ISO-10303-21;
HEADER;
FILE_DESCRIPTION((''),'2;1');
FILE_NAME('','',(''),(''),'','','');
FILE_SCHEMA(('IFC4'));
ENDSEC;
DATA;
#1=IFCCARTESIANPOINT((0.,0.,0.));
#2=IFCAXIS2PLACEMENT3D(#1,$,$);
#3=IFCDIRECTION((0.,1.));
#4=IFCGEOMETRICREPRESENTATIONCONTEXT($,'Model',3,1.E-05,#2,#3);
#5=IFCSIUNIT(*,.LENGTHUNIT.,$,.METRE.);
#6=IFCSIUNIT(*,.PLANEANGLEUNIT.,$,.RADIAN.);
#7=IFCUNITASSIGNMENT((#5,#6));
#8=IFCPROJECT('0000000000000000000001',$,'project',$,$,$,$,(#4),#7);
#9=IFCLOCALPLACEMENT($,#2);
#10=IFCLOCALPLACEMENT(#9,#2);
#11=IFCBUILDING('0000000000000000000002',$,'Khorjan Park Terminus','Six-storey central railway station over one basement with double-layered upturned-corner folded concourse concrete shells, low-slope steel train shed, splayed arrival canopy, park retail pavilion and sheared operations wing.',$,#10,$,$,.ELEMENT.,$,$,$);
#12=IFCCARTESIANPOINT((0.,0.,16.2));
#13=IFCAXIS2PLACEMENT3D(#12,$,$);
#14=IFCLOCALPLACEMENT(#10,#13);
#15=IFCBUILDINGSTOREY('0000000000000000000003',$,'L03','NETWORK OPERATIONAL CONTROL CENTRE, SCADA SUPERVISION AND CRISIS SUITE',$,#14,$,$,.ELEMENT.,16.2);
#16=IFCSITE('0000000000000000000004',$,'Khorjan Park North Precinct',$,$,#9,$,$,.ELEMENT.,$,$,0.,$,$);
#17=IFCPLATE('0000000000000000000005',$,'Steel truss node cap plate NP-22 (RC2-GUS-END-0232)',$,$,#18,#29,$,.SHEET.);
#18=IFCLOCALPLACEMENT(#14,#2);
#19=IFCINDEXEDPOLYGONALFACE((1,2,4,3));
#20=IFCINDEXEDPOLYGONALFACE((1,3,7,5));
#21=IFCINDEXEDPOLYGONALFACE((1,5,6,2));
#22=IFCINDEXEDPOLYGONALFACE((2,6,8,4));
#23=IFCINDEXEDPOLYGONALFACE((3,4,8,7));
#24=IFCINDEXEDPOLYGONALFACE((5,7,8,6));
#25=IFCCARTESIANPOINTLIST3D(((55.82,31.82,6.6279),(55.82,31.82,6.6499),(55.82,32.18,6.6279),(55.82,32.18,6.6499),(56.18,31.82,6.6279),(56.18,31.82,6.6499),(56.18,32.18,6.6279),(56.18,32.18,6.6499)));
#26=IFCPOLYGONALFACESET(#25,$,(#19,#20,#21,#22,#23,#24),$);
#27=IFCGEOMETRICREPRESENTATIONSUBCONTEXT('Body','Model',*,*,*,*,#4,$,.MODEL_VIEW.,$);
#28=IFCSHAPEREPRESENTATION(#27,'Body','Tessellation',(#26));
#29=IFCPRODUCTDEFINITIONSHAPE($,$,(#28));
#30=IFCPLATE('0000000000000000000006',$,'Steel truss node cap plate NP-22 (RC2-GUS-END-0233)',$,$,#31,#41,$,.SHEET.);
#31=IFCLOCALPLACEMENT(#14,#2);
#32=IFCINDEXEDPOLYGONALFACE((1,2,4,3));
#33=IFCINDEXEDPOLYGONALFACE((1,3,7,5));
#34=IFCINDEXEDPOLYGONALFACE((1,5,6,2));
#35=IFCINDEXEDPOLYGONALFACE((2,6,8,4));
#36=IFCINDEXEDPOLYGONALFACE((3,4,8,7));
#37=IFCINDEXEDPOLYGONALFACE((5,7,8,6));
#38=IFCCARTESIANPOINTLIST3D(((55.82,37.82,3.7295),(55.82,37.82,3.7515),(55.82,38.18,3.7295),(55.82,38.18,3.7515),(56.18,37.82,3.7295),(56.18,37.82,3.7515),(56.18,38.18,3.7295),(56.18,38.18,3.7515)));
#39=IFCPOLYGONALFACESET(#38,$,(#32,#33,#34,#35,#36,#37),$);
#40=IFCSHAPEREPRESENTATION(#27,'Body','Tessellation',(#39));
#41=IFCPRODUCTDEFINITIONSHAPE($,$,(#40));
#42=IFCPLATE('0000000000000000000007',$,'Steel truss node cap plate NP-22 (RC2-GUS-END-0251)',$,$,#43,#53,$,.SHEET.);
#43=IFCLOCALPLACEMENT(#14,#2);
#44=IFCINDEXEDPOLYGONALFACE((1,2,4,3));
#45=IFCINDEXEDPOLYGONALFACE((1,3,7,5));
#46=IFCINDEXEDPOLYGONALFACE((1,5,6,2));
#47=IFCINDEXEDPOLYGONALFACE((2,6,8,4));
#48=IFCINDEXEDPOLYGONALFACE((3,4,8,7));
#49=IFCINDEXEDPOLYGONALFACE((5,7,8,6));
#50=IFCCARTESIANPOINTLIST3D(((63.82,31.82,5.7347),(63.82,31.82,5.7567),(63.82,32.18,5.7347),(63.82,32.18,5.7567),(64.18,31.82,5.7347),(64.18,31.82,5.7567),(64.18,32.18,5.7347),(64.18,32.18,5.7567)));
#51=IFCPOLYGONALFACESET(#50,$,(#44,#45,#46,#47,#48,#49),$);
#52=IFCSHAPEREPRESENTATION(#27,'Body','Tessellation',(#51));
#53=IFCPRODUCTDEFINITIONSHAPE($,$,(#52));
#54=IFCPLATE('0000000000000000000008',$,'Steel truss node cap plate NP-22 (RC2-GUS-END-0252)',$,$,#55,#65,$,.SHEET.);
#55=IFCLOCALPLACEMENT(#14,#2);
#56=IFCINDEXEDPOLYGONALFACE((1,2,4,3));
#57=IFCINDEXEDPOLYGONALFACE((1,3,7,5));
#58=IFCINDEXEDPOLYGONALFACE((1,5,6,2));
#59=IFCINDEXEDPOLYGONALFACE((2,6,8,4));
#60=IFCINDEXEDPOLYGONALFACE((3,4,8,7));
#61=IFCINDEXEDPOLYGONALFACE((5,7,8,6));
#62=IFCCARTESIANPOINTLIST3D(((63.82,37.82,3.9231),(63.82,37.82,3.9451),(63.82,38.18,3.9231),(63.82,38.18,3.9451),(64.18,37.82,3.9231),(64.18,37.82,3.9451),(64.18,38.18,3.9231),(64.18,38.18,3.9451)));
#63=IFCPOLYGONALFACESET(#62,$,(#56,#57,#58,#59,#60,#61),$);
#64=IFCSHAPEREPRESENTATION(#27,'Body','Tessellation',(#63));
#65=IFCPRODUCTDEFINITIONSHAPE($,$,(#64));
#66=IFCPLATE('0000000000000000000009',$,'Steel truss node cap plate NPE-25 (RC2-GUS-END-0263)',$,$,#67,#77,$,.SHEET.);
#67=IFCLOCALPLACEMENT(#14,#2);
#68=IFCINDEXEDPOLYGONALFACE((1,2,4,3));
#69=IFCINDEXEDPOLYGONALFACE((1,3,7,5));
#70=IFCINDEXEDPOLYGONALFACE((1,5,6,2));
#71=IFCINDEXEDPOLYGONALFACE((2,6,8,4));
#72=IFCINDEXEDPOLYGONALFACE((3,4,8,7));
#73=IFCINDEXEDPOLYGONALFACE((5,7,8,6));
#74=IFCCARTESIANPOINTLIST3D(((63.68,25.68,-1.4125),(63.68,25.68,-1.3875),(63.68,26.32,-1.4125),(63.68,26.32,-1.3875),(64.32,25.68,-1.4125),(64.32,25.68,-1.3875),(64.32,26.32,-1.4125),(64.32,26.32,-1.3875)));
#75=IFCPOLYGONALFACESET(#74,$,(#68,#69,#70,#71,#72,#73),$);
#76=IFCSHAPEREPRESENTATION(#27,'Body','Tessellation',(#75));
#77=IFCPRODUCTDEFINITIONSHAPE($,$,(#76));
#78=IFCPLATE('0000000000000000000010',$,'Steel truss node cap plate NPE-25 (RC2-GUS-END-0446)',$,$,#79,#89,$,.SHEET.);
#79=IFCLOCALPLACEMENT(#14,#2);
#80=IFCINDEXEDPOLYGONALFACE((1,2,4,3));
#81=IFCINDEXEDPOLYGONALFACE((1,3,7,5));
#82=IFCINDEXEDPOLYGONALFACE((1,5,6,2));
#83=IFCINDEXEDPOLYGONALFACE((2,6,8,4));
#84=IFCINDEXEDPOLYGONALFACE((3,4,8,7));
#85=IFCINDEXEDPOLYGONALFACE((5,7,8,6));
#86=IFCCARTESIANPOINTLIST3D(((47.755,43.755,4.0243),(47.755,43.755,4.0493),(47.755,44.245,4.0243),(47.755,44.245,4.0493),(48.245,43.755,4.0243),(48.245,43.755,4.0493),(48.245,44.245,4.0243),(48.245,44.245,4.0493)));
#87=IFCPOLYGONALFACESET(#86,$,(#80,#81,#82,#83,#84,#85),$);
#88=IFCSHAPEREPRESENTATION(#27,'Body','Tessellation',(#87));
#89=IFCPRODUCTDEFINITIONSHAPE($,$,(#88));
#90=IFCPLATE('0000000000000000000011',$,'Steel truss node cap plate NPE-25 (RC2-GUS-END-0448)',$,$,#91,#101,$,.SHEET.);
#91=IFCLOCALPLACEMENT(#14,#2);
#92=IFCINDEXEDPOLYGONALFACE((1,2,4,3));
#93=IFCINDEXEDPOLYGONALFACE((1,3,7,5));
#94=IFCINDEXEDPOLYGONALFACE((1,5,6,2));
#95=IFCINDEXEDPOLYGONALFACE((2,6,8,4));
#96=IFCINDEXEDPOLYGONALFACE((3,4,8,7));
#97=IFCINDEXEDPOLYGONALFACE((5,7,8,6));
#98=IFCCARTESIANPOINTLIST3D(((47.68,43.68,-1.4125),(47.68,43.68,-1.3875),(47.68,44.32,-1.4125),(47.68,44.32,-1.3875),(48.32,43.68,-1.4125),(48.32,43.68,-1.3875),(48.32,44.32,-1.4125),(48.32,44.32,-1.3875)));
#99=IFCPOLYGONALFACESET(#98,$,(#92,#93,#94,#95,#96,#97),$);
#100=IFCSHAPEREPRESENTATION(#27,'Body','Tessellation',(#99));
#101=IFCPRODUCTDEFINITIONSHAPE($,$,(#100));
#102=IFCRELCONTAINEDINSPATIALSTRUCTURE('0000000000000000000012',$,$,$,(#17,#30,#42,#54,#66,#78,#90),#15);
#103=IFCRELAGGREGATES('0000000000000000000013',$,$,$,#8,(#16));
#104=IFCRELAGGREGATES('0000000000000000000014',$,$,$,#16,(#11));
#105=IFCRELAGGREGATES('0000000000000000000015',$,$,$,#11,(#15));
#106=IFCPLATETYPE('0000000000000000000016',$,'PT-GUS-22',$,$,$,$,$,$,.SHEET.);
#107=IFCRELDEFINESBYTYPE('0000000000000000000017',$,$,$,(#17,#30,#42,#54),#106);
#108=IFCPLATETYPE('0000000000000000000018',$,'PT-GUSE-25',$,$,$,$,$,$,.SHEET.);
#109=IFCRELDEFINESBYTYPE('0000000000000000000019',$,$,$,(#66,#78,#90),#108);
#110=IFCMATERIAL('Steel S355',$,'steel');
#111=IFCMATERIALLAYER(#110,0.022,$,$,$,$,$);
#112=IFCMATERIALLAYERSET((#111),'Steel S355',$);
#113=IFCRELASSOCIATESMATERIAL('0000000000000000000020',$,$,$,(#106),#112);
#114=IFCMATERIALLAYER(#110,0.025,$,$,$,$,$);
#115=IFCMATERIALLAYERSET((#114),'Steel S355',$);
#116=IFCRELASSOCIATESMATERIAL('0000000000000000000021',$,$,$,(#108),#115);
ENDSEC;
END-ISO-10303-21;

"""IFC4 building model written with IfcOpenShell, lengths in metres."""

from ifc_helpers import new_model, si_unit, direction, frame, origin, origin_2d, place, context, subcontext, project, spatial, rectangle, extrude, material, layer, layer_set, type_object, element, save


model = new_model("IFC4")

# Units and contexts
model_context = context("Model", 3, precision=1e-05, world=origin(), true_north=direction((0.0, 1.0)))
body_context = subcontext(model_context, "Body", "Model", "MODEL_VIEW")
ifc_project = project(units=[si_unit("LENGTHUNIT", "METRE"), si_unit("PLANEANGLEUNIT", "RADIAN")], contexts=[model_context])

# Site, building, storey
site_placement = place(None, origin())
site = spatial("IfcSite", under=ifc_project, at=site_placement, Name="Khorjan Park North Precinct", CompositionType="ELEMENT", RefElevation=0.0)
building_placement = place(site_placement, origin())
building = spatial("IfcBuilding", under=site, at=building_placement, Name="Khorjan Park Terminus", Description="Six-storey central railway station over one basement with double-layered upturned-corner folded concourse concrete shells, low-slope steel train shed, splayed arrival canopy, park retail pavilion and sheared operations wing.", CompositionType="ELEMENT")
storey_placement = place(building_placement, frame((0.0, 0.0, 16.2)))
storey = spatial("IfcBuildingStorey", under=building, at=storey_placement, Name="L03", Description="NETWORK OPERATIONAL CONTROL CENTRE, SCADA SUPERVISION AND CRISIS SUITE", CompositionType="ELEMENT", Elevation=16.2)

# Shared definitions
ifc_material = material(Name="Steel S355", Category="steel")

# Plates
ifc_layer_1 = layer(ifc_material, 0.022)
ifc_layer_set_1 = layer_set([ifc_layer_1], Name="Steel S355")
plate_type_1 = type_object("IfcPlateType", Name="PT-GUS-22", PredefinedType="SHEET", material=ifc_layer_set_1)
for number, where, z_axis, x_axis, name in (
    (1, (56.0, 32.0, 6.6279), (0.0, 0.0, 1.0), (1.0, 0.0, 0.0), "Steel truss node cap plate NP-22 (RC2-GUS-END-0232)"),
    (2, (56.0, 38.0, 3.7295), (0.0, 0.0, 1.0), (1.0, 0.0, 0.0), "Steel truss node cap plate NP-22 (RC2-GUS-END-0233)"),
    (3, (64.0, 32.0, 5.7347), (0.0, 0.0, 1.0), (1.0, 0.0, 0.0), "Steel truss node cap plate NP-22 (RC2-GUS-END-0251)"),
    (4, (64.0, 38.0, 3.9231), (0.0, 0.0, 1.0), (1.0, 0.0, 0.0), "Steel truss node cap plate NP-22 (RC2-GUS-END-0252)"),
):
    element("IfcPlate", number, at=place(storey_placement, frame(where, z_axis=z_axis, x_axis=x_axis)), inside=storey, type_object=plate_type_1, Name=name, PredefinedType="SHEET", context=body_context, shape_type="SweptSolid", body=[
        extrude(rectangle(XDim=0.36, YDim=0.36, at=origin_2d()), origin(), (0.0, 0.0, 1.0), 0.022),
    ])
ifc_layer_2 = layer(ifc_material, 0.025)
ifc_layer_set_2 = layer_set([ifc_layer_2], Name="Steel S355")
plate_type_2 = type_object("IfcPlateType", Name="PT-GUSE-25", PredefinedType="SHEET", material=ifc_layer_set_2)
plate_1_placement = place(storey_placement, frame((64.0, 26.0, -1.4125), z_axis=(0.0, 0.0, 1.0), x_axis=(1.0, 0.0, 0.0)))
element("IfcPlate", 5, at=plate_1_placement, inside=storey, type_object=plate_type_2, Name="Steel truss node cap plate NPE-25 (RC2-GUS-END-0263)", PredefinedType="SHEET", context=body_context, shape_type="SweptSolid", body=[
    extrude(rectangle(XDim=0.64, YDim=0.64, at=origin_2d()), origin(), (0.0, 0.0, 1.0), 0.025),
])
plate_2_placement = place(storey_placement, frame((48.0, 44.0, 4.0243), z_axis=(0.0, 0.0, 1.0), x_axis=(1.0, 0.0, 0.0)))
element("IfcPlate", 6, at=plate_2_placement, inside=storey, type_object=plate_type_2, Name="Steel truss node cap plate NPE-25 (RC2-GUS-END-0446)", PredefinedType="SHEET", context=body_context, shape_type="SweptSolid", body=[
    extrude(rectangle(XDim=0.49, YDim=0.49, at=origin_2d()), origin(), (0.0, 0.0, 1.0), 0.025),
])
plate_3_placement = place(storey_placement, frame((48.0, 44.0, -1.4125), z_axis=(0.0, 0.0, 1.0), x_axis=(1.0, 0.0, 0.0)))
element("IfcPlate", 7, at=plate_3_placement, inside=storey, type_object=plate_type_2, Name="Steel truss node cap plate NPE-25 (RC2-GUS-END-0448)", PredefinedType="SHEET", context=body_context, shape_type="SweptSolid", body=[
    extrude(rectangle(XDim=0.64, YDim=0.64, at=origin_2d()), origin(), (0.0, 0.0, 1.0), 0.025),
])

save(model, "model.ifc")
